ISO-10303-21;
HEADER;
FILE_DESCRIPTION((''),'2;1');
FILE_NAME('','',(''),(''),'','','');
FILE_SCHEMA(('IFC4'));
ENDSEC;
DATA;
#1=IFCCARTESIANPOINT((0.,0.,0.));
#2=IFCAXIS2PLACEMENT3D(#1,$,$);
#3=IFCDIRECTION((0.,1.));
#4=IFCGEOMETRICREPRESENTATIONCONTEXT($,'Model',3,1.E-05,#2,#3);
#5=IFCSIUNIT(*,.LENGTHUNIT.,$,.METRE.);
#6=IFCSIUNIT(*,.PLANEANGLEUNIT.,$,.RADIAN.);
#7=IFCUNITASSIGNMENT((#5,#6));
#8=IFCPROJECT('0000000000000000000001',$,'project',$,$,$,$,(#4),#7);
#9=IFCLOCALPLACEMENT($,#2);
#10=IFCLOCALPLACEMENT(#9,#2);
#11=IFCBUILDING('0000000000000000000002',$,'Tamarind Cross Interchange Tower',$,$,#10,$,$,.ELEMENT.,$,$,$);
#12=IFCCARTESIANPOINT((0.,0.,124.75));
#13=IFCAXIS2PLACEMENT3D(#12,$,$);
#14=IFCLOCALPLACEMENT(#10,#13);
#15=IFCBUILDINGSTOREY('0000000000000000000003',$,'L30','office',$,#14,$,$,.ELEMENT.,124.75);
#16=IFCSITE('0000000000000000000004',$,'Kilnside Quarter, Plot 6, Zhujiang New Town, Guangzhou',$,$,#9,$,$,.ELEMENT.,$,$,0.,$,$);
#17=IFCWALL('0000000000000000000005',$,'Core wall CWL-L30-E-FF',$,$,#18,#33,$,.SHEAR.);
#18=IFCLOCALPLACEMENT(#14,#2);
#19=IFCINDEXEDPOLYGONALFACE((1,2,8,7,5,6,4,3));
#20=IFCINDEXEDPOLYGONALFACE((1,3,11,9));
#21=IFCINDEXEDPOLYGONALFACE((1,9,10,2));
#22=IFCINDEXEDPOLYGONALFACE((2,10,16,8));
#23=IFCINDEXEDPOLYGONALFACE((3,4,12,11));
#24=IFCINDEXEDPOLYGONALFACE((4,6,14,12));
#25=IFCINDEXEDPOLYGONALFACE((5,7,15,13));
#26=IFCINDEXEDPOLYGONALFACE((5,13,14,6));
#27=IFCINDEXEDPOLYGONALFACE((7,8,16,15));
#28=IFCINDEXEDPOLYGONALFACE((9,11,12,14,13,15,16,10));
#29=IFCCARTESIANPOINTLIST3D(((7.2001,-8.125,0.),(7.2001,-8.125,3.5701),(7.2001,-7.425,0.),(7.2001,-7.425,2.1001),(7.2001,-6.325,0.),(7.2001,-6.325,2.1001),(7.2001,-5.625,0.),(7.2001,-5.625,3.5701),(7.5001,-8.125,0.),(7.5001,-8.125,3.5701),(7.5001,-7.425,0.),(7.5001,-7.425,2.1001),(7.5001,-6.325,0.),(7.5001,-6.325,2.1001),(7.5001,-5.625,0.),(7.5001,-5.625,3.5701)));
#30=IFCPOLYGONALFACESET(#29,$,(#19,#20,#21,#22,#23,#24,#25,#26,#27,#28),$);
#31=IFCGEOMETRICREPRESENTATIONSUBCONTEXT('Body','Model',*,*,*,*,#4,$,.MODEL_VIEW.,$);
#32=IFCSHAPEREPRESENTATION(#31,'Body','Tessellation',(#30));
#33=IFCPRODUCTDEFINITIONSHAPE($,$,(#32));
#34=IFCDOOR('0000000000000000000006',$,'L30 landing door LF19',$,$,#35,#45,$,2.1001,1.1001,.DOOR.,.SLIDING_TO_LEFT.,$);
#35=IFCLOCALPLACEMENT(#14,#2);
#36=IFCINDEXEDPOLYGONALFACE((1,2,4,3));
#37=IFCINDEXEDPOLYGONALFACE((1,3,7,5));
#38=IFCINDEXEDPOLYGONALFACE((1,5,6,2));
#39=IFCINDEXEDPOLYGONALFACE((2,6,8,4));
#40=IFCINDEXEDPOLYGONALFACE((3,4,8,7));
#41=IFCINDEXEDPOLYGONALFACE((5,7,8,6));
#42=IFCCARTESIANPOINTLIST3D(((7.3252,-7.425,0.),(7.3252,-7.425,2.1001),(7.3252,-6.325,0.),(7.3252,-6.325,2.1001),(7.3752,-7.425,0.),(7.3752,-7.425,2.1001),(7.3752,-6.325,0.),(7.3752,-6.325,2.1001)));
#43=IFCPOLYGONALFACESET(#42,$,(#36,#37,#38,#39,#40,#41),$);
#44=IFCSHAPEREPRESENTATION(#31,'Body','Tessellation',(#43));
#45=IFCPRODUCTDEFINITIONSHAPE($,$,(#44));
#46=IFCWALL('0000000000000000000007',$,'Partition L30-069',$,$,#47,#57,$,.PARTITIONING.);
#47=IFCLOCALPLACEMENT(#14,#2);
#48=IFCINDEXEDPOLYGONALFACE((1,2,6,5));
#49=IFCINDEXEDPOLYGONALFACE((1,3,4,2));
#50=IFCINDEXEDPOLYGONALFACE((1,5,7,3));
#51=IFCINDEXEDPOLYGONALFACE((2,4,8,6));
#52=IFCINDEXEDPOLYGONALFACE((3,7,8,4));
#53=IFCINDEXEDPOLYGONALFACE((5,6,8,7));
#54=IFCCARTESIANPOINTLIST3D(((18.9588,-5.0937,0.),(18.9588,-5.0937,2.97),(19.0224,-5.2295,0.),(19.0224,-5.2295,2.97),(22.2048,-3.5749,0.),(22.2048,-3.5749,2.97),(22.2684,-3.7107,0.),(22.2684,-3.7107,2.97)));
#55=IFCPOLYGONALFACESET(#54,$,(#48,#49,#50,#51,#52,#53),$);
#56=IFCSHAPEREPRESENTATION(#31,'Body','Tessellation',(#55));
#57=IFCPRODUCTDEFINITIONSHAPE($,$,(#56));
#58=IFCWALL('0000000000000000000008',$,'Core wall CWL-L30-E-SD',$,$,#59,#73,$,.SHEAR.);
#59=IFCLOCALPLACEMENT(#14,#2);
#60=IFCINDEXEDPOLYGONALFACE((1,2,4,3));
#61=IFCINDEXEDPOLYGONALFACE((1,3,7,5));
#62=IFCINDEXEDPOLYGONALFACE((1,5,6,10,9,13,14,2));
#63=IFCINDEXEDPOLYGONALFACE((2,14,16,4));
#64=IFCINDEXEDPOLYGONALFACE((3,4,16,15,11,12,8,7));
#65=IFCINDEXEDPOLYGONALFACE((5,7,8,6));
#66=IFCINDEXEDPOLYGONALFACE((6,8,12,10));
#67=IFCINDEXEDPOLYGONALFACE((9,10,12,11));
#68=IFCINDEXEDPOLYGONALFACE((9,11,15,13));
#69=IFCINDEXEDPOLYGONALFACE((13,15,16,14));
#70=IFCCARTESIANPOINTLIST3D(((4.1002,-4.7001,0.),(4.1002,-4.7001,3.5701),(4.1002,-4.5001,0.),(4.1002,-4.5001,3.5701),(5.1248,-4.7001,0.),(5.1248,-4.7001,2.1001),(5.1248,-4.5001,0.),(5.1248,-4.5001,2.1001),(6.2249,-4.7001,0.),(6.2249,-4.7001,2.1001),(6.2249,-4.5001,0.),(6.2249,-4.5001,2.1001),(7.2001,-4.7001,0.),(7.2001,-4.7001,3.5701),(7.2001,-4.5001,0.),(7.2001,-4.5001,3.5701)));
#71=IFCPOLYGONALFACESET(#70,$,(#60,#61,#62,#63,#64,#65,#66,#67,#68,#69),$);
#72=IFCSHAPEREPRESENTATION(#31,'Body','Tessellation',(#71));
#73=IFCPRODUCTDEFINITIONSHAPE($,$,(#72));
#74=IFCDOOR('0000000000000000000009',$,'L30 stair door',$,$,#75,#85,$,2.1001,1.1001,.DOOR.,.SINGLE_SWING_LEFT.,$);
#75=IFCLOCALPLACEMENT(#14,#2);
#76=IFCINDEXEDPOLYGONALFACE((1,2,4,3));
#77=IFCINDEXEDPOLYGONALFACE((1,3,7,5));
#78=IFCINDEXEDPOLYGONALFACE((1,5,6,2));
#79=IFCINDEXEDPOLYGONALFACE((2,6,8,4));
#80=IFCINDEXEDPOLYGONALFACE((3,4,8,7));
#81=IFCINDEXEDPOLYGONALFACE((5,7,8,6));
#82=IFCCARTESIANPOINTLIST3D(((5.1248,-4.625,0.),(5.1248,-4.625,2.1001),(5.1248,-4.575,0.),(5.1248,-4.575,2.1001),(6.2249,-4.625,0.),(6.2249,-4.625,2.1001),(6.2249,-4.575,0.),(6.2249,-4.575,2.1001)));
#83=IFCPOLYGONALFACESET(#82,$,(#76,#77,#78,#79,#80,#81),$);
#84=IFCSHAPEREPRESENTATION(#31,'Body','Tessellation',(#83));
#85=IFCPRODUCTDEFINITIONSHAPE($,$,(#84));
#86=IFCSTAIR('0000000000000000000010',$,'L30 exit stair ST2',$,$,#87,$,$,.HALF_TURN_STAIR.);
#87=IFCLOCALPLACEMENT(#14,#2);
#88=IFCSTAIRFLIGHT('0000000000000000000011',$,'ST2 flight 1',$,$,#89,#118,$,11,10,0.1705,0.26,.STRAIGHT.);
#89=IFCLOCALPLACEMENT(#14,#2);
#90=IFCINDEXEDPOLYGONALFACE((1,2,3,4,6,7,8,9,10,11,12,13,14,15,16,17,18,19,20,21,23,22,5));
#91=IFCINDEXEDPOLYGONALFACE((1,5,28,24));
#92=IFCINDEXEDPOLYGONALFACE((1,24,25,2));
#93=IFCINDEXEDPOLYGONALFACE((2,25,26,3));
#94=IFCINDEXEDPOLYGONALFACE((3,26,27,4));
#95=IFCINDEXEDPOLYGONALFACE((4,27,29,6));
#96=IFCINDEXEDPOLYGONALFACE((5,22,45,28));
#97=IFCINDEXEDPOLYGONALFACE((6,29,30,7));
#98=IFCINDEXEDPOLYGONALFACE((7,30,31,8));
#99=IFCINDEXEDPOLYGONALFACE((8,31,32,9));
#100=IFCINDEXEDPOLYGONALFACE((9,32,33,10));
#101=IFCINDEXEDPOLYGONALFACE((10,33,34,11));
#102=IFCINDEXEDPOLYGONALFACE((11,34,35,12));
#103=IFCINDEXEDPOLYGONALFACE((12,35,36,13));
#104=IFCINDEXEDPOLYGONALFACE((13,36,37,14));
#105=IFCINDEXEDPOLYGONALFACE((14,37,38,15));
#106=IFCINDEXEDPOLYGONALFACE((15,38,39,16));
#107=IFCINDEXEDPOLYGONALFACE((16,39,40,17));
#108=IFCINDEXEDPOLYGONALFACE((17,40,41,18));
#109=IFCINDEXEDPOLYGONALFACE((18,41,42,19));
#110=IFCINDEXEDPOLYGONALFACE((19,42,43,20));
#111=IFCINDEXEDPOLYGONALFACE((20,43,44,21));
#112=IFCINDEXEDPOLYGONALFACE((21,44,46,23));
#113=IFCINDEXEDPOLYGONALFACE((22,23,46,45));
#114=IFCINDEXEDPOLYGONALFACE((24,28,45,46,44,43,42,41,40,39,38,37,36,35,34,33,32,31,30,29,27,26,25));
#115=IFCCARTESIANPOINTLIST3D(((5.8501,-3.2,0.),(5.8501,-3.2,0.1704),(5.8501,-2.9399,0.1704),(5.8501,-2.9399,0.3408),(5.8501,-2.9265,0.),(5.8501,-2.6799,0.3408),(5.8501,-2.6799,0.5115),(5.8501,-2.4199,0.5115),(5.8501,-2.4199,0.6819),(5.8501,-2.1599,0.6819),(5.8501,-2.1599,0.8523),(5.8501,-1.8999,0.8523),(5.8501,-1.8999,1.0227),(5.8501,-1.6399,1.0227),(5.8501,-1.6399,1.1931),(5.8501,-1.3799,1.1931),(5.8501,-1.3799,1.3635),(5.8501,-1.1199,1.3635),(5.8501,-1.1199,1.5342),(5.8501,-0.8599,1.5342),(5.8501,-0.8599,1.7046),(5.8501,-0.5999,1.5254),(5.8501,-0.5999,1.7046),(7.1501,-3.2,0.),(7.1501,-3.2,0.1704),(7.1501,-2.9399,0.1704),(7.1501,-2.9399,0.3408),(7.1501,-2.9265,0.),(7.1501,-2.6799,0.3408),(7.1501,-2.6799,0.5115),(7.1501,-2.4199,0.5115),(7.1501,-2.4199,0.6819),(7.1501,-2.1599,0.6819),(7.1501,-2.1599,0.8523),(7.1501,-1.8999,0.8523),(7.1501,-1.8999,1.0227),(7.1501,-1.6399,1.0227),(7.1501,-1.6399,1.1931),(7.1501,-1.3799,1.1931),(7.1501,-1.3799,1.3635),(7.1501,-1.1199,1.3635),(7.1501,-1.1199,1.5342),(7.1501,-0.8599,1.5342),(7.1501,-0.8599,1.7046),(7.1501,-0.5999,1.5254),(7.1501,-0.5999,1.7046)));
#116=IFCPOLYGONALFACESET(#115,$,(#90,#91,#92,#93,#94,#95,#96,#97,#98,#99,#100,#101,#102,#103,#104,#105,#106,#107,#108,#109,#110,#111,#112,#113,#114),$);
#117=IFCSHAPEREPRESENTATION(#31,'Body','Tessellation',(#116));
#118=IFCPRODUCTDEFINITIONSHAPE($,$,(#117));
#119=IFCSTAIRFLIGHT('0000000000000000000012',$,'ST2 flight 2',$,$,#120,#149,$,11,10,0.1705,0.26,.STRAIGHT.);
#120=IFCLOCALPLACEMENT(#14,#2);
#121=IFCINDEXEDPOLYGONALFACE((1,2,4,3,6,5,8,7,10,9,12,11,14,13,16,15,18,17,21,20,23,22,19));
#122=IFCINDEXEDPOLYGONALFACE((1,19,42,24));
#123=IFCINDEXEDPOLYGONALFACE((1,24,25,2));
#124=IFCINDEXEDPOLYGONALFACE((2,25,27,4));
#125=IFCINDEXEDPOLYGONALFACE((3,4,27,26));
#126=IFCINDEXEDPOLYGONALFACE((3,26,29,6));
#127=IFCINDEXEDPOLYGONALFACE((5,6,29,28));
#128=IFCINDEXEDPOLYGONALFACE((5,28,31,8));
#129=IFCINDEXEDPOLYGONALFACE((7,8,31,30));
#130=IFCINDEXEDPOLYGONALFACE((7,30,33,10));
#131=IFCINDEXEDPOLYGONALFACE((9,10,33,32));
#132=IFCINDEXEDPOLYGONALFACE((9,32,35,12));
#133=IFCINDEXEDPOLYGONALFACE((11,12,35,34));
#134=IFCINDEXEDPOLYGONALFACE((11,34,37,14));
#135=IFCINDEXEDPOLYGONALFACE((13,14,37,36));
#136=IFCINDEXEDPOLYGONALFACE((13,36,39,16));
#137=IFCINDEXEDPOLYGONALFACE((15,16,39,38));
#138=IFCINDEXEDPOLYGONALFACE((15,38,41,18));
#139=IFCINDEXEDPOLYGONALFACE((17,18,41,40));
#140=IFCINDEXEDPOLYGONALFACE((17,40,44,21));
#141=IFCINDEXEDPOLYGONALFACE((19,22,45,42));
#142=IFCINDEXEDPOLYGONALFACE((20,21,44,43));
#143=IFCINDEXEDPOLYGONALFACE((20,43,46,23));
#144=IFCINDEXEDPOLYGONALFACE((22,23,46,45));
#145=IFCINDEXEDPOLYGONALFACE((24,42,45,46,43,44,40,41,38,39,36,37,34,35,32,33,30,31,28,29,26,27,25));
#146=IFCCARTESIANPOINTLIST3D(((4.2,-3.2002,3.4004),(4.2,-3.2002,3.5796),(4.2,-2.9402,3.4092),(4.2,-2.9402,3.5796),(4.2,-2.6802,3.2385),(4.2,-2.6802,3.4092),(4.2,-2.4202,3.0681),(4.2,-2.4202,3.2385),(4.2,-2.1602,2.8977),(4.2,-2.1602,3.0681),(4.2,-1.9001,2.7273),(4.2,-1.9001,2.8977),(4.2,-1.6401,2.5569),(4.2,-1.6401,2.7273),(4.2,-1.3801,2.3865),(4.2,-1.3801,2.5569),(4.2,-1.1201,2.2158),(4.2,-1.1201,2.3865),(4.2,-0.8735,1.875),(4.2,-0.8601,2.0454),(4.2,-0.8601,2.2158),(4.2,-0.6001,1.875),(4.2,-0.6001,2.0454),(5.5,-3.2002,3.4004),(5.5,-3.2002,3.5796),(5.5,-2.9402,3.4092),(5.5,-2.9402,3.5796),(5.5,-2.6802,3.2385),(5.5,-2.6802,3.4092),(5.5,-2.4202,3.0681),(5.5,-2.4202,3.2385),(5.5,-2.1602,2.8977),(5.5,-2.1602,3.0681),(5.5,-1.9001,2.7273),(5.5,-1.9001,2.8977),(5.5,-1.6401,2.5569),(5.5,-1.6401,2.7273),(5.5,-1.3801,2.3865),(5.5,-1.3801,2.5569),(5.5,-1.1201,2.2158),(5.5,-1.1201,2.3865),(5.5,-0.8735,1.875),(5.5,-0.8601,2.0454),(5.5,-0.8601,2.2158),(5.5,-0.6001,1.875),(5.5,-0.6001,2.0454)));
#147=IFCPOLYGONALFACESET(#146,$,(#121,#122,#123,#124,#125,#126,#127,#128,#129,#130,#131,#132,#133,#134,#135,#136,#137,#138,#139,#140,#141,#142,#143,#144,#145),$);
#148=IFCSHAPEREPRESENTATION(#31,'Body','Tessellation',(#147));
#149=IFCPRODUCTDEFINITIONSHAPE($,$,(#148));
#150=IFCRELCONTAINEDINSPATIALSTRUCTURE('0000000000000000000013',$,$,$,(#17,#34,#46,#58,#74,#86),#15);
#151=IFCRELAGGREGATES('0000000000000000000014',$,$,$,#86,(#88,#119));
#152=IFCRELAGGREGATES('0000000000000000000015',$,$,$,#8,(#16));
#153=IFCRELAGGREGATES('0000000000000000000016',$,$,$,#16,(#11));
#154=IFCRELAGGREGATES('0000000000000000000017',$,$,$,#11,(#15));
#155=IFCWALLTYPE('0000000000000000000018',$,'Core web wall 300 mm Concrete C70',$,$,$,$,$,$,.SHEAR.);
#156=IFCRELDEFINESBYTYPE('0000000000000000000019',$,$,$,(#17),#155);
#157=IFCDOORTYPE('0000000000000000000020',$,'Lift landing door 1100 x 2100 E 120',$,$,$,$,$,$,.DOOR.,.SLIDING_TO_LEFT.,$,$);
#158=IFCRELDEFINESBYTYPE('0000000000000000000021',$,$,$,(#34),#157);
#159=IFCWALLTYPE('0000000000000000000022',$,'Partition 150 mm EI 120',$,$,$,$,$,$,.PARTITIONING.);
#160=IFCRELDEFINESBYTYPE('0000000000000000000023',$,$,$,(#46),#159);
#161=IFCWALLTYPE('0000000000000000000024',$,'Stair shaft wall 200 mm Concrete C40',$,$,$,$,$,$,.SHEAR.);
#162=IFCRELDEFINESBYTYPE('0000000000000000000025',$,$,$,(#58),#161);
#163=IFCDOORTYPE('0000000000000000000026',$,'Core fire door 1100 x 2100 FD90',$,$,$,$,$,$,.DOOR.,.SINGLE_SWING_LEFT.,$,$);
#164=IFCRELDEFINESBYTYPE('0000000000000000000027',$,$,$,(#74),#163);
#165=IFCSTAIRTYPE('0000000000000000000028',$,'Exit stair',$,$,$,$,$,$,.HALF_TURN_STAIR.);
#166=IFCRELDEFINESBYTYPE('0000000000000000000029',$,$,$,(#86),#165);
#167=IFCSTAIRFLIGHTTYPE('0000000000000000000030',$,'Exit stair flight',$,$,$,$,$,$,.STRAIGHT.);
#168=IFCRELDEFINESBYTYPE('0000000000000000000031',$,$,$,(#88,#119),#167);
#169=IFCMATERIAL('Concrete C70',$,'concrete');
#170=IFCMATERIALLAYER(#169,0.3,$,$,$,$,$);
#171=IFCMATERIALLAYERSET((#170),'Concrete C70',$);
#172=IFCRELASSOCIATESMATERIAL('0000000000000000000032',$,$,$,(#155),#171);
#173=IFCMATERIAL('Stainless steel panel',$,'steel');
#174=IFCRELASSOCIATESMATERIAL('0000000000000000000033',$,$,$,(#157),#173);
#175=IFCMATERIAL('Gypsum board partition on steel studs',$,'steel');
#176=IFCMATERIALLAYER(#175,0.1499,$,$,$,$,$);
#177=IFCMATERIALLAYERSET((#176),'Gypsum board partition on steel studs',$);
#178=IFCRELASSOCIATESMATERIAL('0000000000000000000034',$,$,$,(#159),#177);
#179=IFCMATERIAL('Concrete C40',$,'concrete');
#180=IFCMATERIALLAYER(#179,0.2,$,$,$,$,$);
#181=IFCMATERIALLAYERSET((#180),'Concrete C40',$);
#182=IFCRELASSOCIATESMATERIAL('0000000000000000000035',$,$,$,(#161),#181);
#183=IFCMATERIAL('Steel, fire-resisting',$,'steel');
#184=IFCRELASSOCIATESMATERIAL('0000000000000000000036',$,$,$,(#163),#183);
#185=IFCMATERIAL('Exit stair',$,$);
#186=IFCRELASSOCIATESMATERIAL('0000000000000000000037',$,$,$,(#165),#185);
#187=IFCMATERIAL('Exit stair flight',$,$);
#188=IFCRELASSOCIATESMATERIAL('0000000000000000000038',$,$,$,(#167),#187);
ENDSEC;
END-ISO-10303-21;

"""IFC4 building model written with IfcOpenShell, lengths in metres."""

from ifc_helpers import new_model, si_unit, direction, frame, frame_2d, origin, place, context, subcontext, project, spatial, polyline, rectangle, outline, extrude, material, layer, layer_set, type_object, element, fill, aggregate, save


model = new_model("IFC4")

# Units and contexts
model_context = context("Model", 3, precision=1e-05, world=origin(), true_north=direction((0.0, 1.0)))
body_context = subcontext(model_context, "Body", "Model", "MODEL_VIEW")
ifc_project = project(units=[si_unit("LENGTHUNIT", "METRE"), si_unit("PLANEANGLEUNIT", "RADIAN")], contexts=[model_context])

# Site, building, storey
site_placement = place(None, origin())
site = spatial("IfcSite", under=ifc_project, at=site_placement, Name="Kilnside Quarter, Plot 6, Zhujiang New Town, Guangzhou", CompositionType="ELEMENT", RefElevation=0.0)
building_placement = place(site_placement, origin())
building = spatial("IfcBuilding", under=site, at=building_placement, Name="Tamarind Cross Interchange Tower", CompositionType="ELEMENT")
storey_placement = place(building_placement, frame((0.0, 0.0, 124.75)))
storey = spatial("IfcBuildingStorey", under=building, at=storey_placement, Name="L30", Description="office", CompositionType="ELEMENT", Elevation=124.75)

# Shared definitions
ifc_material_1 = material(Name="Concrete C70", Category="concrete")
ifc_layer_1 = layer(ifc_material_1, 0.3)
ifc_layer_set_1 = layer_set([ifc_layer_1], Name="Concrete C70")
wall_type_1 = type_object("IfcWallType", Name="Core web wall 300 mm Concrete C70", PredefinedType="SHEAR", material=ifc_layer_set_1)
ifc_material_2 = material(Name="Stainless steel panel", Category="steel")
door_type_1 = type_object("IfcDoorType", Name="Lift landing door 1100 x 2100 E 120", OperationType="SLIDING_TO_LEFT", PredefinedType="DOOR", material=ifc_material_2)

# Wall, opening, door
wall_1_placement = place(storey_placement, frame((7.3501, -8.125, 0.0), z_axis=(0.0, 0.0, 1.0), x_axis=(0.0, 1.0, 0.0)))
wall_1 = element("IfcWall", 1, at=wall_1_placement, inside=storey, type_object=wall_type_1, Name="Core wall CWL-L30-E-FF", PredefinedType="SHEAR", context=body_context, shape_type="SweptSolid", body=[
    extrude(rectangle(XDim=2.5, YDim=0.3, at=frame_2d((1.25, 0.0))), origin(), (0.0, 0.0, 1.0), 3.5701),
])
opening_1_placement = place(wall_1_placement, frame((0.7, 0.0, 0.0)))
opening_1 = element("IfcOpeningElement", 2, at=opening_1_placement, cuts=wall_1, PredefinedType="OPENING", context=body_context, shape_type="SweptSolid", body=[
    extrude(rectangle(XDim=1.1001, YDim=2.1001, at=frame_2d((0.55, 1.05))), frame((0.0, 0.1599, 0.0), z_axis=(0.0, -1.0, 0.0), x_axis=(1.0, 0.0, 0.0)), (0.0, 0.0, 1.0), 0.3201),
])
door_1_placement = place(opening_1_placement, origin())
door_1 = element("IfcDoor", 3, at=door_1_placement, inside=storey, type_object=door_type_1, Name="L30 landing door LF19", OperationType="SLIDING_TO_LEFT", OverallHeight=2.1001, OverallWidth=1.1001, PredefinedType="DOOR", context=body_context, shape_type="SweptSolid", body=[
    extrude(rectangle(XDim=1.1001, YDim=2.1001, at=frame_2d((0.55, 1.05))), frame((0.0, 0.0249, 0.0), z_axis=(0.0, -1.0, 0.0), x_axis=(1.0, 0.0, 0.0)), (0.0, 0.0, 1.0), 0.05),
])
fill(opening_1, door_1)

# Wall
ifc_material_3 = material(Name="Gypsum board partition on steel studs", Category="steel")
ifc_layer_2 = layer(ifc_material_3, 0.1499)
ifc_layer_set_2 = layer_set([ifc_layer_2], Name="Gypsum board partition on steel studs")
wall_type_2 = type_object("IfcWallType", Name="Partition 150 mm EI 120", PredefinedType="PARTITIONING", material=ifc_layer_set_2)
wall_2_placement = place(storey_placement, frame((18.9905, -5.1616, 0.0), z_axis=(0.0, 0.0, 1.0), x_axis=(0.90576, 0.423791, 0.0)))
element("IfcWall", 4, at=wall_2_placement, inside=storey, type_object=wall_type_2, Name="Partition L30-069", PredefinedType="PARTITIONING", context=body_context, shape_type="SweptSolid", body=[
    extrude(rectangle(XDim=3.5837, YDim=0.1499, at=frame_2d((1.792, 0.0))), origin(), (0.0, 0.0, 1.0), 2.97),
])

# Wall, opening, door
ifc_material_4 = material(Name="Concrete C40", Category="concrete")
ifc_layer_3 = layer(ifc_material_4, 0.2)
ifc_layer_set_3 = layer_set([ifc_layer_3], Name="Concrete C40")
wall_type_3 = type_object("IfcWallType", Name="Stair shaft wall 200 mm Concrete C40", PredefinedType="SHEAR", material=ifc_layer_set_3)
wall_3_placement = place(storey_placement, frame((7.2, -4.6001, 0.0), z_axis=(0.0, 0.0, 1.0), x_axis=(-1.0, 0.0, 0.0)))
wall_3 = element("IfcWall", 5, at=wall_3_placement, inside=storey, type_object=wall_type_3, Name="Core wall CWL-L30-E-SD", PredefinedType="SHEAR", context=body_context, shape_type="SweptSolid", body=[
    extrude(rectangle(XDim=3.0999, YDim=0.2, at=frame_2d((1.5498, 0.0))), origin(), (0.0, 0.0, 1.0), 3.5701),
])
opening_2_placement = place(wall_3_placement, frame((0.9751, 0.0, 0.0)))
opening_2 = element("IfcOpeningElement", 6, at=opening_2_placement, cuts=wall_3, PredefinedType="OPENING", context=body_context, shape_type="SweptSolid", body=[
    extrude(rectangle(XDim=1.1001, YDim=2.1001, at=frame_2d((0.55, 1.05))), frame((0.0, 0.1099, 0.0), z_axis=(0.0, -1.0, 0.0), x_axis=(1.0, 0.0, 0.0)), (0.0, 0.0, 1.0), 0.22),
])
ifc_material_5 = material(Name="Steel, fire-resisting", Category="steel")
door_type_2 = type_object("IfcDoorType", Name="Core fire door 1100 x 2100 FD90", OperationType="SINGLE_SWING_LEFT", PredefinedType="DOOR", material=ifc_material_5)
door_2_placement = place(opening_2_placement, origin())
door_2 = element("IfcDoor", 7, at=door_2_placement, inside=storey, type_object=door_type_2, Name="L30 stair door", OperationType="SINGLE_SWING_LEFT", OverallHeight=2.1001, OverallWidth=1.1001, PredefinedType="DOOR", context=body_context, shape_type="SweptSolid", body=[
    extrude(rectangle(XDim=1.1001, YDim=2.1001, at=frame_2d((0.55, 1.05))), frame((0.0, 0.0249, 0.0), z_axis=(0.0, -1.0, 0.0), x_axis=(1.0, 0.0, 0.0)), (0.0, 0.0, 1.0), 0.05),
])
fill(opening_2, door_2)

# Stair, stair flights
ifc_material_6 = material(Name="Exit stair")
stair_type = type_object("IfcStairType", Name="Exit stair", PredefinedType="HALF_TURN_STAIR", material=ifc_material_6)
stair_placement = place(storey_placement, origin())
stair = element("IfcStair", 8, at=stair_placement, inside=storey, type_object=stair_type, Name="L30 exit stair ST2", PredefinedType="HALF_TURN_STAIR")
ifc_material_7 = material(Name="Exit stair flight")
stair_flight_type = type_object("IfcStairFlightType", Name="Exit stair flight", PredefinedType="STRAIGHT", material=ifc_material_7)
stair_flight_1_placement = place(storey_placement, frame((6.5, -3.2, 0.0), z_axis=(0.0, 0.0, 1.0), x_axis=(0.0, 1.0, 0.0)))
stair_flight_1 = element("IfcStairFlight", 9, at=stair_flight_1_placement, type_object=stair_flight_type, Name="ST2 flight 1", NumberOfRisers=11, NumberOfTreads=10, PredefinedType="STRAIGHT", RiserHeight=0.1705, TreadLength=0.26, context=body_context, shape_type="SweptSolid", body=[
    extrude(outline(polyline([(0.0, 0.0), (0.0, 0.1704), (0.26, 0.1704), (0.26, 0.3408), (0.52, 0.3408), (0.52, 0.5115), (0.78, 0.5115), (0.78, 0.6819), (1.04, 0.6819), (1.04, 0.8523), (1.3, 0.8523), (1.3, 1.0227), (1.5601, 1.0227), (1.5601, 1.1931), (1.8201, 1.1931), (1.8201, 1.3635), (2.0801, 1.3635), (2.0801, 1.5342), (2.3401, 1.5342), (2.3401, 1.7046), (2.6001, 1.7046), (2.6001, 1.875), (2.6001, 1.5254), (0.2734, 0.0), (0.0, 0.0)])), frame((0.0, 0.6499, 0.0), z_axis=(0.0, -1.0, 0.0), x_axis=(1.0, 0.0, 0.0)), (0.0, 0.0, 1.0), 1.3),
])
stair_flight_2_placement = place(storey_placement, frame((4.8501, -0.6001, 1.875), z_axis=(0.0, 0.0, 1.0), x_axis=(0.0, -1.0, 0.0)))
stair_flight_2 = element("IfcStairFlight", 10, at=stair_flight_2_placement, type_object=stair_flight_type, Name="ST2 flight 2", NumberOfRisers=11, NumberOfTreads=10, PredefinedType="STRAIGHT", RiserHeight=0.1705, TreadLength=0.26, context=body_context, shape_type="SweptSolid", body=[
    extrude(outline(polyline([(0.0, 0.0), (0.0, 0.1704), (0.26, 0.1704), (0.26, 0.3408), (0.52, 0.3408), (0.52, 0.5115), (0.78, 0.5115), (0.78, 0.6819), (1.04, 0.6819), (1.04, 0.8523), (1.3, 0.8523), (1.3, 1.0227), (1.5601, 1.0227), (1.5601, 1.1931), (1.8201, 1.1931), (1.8201, 1.3635), (2.0801, 1.3635), (2.0801, 1.5342), (2.3401, 1.5342), (2.3401, 1.7046), (2.6001, 1.7046), (2.6001, 1.875), (2.6001, 1.5254), (0.2734, 0.0), (0.0, 0.0)])), frame((0.0, 0.6499, 0.0), z_axis=(0.0, -1.0, 0.0), x_axis=(1.0, 0.0, 0.0)), (0.0, 0.0, 1.0), 1.3),
])
aggregate(stair, [stair_flight_1, stair_flight_2])

save(model, "model.ifc")
